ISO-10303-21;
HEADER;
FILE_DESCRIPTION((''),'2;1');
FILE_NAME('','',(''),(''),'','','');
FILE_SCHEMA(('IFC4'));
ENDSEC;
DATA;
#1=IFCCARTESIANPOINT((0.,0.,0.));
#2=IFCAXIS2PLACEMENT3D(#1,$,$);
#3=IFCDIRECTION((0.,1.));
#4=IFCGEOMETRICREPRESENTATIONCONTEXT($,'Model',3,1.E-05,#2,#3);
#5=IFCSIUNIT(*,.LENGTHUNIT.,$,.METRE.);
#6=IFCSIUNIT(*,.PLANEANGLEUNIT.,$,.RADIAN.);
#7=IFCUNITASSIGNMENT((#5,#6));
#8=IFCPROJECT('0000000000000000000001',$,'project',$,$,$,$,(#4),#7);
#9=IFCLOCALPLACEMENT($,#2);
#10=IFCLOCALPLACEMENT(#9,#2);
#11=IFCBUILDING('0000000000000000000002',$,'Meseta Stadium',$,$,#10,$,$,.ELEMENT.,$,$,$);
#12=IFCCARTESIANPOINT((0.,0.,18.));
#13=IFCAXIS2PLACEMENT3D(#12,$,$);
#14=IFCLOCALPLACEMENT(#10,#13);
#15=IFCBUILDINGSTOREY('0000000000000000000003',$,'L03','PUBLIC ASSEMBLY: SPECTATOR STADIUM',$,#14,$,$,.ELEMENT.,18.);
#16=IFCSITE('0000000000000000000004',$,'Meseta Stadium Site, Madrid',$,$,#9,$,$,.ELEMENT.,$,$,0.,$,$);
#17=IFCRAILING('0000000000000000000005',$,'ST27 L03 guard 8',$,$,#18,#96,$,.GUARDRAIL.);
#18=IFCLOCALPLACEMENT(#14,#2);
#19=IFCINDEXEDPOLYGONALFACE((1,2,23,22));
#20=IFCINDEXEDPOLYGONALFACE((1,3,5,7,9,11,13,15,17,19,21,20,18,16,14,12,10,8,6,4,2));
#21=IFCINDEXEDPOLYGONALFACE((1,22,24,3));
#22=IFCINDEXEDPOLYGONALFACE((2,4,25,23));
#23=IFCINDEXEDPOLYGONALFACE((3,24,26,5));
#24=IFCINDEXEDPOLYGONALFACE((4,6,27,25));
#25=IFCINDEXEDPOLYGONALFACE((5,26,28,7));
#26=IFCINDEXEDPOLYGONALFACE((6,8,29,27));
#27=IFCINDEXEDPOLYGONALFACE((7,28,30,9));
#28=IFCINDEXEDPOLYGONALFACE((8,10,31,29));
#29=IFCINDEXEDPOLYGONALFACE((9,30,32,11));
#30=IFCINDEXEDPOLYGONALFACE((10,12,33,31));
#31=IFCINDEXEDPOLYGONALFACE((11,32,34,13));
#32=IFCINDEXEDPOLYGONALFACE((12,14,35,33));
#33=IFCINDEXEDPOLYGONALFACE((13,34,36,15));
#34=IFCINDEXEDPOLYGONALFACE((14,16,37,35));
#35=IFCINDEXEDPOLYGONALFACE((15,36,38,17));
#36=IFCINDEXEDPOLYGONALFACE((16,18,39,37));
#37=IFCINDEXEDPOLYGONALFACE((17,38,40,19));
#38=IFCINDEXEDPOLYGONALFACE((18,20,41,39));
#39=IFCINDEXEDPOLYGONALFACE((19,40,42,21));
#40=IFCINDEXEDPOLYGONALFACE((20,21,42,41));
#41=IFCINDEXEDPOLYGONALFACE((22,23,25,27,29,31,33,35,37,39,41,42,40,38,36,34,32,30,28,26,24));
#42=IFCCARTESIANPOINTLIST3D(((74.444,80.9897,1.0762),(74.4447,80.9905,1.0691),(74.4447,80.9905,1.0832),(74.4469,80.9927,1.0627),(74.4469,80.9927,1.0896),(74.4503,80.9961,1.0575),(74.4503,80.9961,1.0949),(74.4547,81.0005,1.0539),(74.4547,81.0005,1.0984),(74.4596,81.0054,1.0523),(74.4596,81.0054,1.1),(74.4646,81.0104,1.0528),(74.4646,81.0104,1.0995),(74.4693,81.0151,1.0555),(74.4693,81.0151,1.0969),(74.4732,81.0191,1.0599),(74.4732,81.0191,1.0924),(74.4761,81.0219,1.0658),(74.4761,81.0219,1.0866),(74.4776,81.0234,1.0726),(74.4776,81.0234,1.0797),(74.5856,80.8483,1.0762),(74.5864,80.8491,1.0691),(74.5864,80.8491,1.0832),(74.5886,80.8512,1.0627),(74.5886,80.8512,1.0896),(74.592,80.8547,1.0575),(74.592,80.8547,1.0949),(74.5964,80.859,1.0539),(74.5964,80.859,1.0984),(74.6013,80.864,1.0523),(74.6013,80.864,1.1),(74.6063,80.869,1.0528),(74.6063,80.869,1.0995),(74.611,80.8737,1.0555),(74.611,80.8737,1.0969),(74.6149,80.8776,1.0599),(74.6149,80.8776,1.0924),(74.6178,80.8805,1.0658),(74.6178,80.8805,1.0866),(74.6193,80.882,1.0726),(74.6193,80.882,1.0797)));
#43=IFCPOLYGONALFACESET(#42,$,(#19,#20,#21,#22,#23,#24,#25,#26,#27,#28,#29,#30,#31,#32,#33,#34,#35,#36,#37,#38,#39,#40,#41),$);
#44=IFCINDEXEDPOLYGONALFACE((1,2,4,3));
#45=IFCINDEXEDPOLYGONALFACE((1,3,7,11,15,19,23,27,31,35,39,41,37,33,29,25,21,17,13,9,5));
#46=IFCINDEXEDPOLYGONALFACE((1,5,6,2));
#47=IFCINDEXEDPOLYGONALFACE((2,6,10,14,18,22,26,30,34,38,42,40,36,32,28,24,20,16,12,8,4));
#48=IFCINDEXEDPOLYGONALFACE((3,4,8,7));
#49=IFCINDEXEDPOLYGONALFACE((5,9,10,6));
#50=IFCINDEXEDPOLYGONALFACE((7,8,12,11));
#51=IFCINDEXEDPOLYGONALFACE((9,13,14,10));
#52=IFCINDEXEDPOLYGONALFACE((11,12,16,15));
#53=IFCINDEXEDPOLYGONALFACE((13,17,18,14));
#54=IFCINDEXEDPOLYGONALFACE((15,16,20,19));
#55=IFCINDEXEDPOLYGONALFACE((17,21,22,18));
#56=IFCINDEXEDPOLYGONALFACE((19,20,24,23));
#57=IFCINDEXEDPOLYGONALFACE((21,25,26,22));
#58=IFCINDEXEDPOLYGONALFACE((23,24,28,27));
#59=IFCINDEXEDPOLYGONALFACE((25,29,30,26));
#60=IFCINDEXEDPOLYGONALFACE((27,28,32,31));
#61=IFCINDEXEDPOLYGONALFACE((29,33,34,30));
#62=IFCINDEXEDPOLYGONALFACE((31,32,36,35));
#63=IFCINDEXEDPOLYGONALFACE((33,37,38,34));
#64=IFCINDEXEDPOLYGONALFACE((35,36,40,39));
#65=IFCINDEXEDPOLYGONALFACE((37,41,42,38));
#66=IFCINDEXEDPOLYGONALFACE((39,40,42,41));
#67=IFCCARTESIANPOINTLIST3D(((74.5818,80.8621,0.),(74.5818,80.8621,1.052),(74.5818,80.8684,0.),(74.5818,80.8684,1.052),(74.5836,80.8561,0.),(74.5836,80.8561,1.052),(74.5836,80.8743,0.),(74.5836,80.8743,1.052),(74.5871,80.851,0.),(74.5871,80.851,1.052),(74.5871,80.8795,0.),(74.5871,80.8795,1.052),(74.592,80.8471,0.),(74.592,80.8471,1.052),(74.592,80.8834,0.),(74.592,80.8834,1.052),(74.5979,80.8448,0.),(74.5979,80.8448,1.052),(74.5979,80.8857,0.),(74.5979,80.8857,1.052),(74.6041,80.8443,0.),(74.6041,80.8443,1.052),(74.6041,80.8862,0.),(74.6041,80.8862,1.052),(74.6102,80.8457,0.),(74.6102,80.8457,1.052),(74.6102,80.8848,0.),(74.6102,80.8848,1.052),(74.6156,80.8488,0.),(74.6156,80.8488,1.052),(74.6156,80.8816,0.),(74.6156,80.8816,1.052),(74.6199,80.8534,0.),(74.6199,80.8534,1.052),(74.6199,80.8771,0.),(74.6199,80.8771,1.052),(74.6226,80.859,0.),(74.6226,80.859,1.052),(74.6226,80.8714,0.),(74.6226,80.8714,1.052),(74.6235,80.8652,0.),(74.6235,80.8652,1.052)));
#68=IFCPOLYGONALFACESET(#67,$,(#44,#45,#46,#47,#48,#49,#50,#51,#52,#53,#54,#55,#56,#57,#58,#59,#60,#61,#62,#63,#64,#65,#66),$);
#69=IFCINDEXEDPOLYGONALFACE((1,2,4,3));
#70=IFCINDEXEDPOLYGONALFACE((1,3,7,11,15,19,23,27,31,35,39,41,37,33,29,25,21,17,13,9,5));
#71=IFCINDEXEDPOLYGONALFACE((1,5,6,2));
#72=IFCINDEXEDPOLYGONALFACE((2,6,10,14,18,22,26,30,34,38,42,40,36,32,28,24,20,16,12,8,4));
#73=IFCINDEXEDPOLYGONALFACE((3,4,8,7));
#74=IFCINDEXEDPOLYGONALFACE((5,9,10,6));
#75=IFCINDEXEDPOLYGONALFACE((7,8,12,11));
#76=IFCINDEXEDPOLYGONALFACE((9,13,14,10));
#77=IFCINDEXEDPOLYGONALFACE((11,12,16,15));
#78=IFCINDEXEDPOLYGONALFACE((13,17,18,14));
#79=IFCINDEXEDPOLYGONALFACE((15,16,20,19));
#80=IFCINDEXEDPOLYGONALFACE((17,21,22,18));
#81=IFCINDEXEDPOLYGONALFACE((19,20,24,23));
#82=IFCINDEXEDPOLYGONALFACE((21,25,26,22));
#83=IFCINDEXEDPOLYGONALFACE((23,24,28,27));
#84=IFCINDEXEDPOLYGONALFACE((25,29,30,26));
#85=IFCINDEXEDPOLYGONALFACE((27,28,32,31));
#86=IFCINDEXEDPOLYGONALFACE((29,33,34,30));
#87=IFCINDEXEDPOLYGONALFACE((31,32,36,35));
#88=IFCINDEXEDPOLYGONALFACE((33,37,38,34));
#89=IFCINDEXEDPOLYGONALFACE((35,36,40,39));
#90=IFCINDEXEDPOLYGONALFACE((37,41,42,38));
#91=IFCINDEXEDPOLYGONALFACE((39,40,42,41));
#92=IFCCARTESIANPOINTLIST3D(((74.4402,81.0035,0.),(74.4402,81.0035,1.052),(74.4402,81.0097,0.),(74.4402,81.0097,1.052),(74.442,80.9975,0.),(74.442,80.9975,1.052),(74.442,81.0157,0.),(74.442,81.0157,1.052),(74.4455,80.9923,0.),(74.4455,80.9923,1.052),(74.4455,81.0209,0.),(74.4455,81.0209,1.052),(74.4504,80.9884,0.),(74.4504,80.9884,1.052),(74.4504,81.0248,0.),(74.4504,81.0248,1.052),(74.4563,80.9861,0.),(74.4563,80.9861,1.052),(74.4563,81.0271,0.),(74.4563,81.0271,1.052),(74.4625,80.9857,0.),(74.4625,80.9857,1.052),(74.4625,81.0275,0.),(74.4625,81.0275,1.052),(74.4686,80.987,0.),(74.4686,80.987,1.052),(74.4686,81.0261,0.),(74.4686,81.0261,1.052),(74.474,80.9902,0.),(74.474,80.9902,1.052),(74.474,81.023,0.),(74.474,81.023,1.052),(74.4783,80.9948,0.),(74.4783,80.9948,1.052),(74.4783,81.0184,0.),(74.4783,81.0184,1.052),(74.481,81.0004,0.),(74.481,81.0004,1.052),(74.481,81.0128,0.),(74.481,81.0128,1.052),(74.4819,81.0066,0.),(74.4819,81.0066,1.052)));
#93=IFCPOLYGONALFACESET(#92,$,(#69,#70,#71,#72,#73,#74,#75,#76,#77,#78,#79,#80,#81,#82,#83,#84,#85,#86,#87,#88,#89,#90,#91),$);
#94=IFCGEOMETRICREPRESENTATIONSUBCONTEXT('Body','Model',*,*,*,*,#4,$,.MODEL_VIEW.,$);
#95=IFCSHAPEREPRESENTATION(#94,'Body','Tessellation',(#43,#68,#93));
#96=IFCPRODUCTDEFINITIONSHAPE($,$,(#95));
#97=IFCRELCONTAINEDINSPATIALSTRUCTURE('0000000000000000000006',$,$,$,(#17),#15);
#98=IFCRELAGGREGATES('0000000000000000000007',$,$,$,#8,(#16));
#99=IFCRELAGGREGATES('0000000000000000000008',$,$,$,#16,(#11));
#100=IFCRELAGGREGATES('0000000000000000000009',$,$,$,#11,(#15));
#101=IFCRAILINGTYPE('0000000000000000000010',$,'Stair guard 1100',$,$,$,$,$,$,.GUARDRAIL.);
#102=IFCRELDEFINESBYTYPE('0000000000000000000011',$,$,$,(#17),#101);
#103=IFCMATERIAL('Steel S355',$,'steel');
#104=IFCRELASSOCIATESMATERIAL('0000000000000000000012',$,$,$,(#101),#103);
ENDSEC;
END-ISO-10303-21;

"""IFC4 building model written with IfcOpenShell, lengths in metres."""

from ifc_helpers import new_model, si_unit, direction, frame, origin, origin_2d, place, context, subcontext, project, spatial, circle, extrude, material, type_object, element, save


model = new_model("IFC4")

# Units and contexts
model_context = context("Model", 3, precision=1e-05, world=origin(), true_north=direction((0.0, 1.0)))
body_context = subcontext(model_context, "Body", "Model", "MODEL_VIEW")
ifc_project = project(units=[si_unit("LENGTHUNIT", "METRE"), si_unit("PLANEANGLEUNIT", "RADIAN")], contexts=[model_context])

# Site, building, storey
site_placement = place(None, origin())
site = spatial("IfcSite", under=ifc_project, at=site_placement, Name="Meseta Stadium Site, Madrid", CompositionType="ELEMENT", RefElevation=0.0)
building_placement = place(site_placement, origin())
building = spatial("IfcBuilding", under=site, at=building_placement, Name="Meseta Stadium", CompositionType="ELEMENT")
storey_placement = place(building_placement, frame((0.0, 0.0, 18.0)))
storey = spatial("IfcBuildingStorey", under=building, at=storey_placement, Name="L03", Description="PUBLIC ASSEMBLY: SPECTATOR STADIUM", CompositionType="ELEMENT", Elevation=18.0)

# Railing
ifc_material_1 = material(Name="Steel S355", Category="steel")
railing_type_1 = type_object("IfcRailingType", Name="Stair guard 1100", PredefinedType="GUARDRAIL", material=ifc_material_1)
for number, where, name in (
    (1, (74.6025, 80.8652, 0.0), "ST27 L03 guard 8"),
):
    element("IfcRailing", number, at=place(storey_placement, frame(where)), inside=storey, type_object=railing_type_1, Name=name, PredefinedType="GUARDRAIL", context=body_context, shape_type="SweptSolid", body=[
        extrude(circle(Radius=0.0239, at=origin_2d()), frame((0.0, 0.0, 1.0762), z_axis=(-0.707717, 0.706496, 0.0), x_axis=(-0.706496, -0.707717, 0.0)), (0.0, 0.0, 1.0), 0.2002),
        extrude(circle(Radius=0.021, at=origin_2d()), origin(), (0.0, 0.0, 1.0), 1.052),
        extrude(circle(Radius=0.021, at=origin_2d()), frame((-0.1416, 0.1414, 0.0)), (0.0, 0.0, 1.0), 1.052),
    ])

save(model, "model.ifc")
